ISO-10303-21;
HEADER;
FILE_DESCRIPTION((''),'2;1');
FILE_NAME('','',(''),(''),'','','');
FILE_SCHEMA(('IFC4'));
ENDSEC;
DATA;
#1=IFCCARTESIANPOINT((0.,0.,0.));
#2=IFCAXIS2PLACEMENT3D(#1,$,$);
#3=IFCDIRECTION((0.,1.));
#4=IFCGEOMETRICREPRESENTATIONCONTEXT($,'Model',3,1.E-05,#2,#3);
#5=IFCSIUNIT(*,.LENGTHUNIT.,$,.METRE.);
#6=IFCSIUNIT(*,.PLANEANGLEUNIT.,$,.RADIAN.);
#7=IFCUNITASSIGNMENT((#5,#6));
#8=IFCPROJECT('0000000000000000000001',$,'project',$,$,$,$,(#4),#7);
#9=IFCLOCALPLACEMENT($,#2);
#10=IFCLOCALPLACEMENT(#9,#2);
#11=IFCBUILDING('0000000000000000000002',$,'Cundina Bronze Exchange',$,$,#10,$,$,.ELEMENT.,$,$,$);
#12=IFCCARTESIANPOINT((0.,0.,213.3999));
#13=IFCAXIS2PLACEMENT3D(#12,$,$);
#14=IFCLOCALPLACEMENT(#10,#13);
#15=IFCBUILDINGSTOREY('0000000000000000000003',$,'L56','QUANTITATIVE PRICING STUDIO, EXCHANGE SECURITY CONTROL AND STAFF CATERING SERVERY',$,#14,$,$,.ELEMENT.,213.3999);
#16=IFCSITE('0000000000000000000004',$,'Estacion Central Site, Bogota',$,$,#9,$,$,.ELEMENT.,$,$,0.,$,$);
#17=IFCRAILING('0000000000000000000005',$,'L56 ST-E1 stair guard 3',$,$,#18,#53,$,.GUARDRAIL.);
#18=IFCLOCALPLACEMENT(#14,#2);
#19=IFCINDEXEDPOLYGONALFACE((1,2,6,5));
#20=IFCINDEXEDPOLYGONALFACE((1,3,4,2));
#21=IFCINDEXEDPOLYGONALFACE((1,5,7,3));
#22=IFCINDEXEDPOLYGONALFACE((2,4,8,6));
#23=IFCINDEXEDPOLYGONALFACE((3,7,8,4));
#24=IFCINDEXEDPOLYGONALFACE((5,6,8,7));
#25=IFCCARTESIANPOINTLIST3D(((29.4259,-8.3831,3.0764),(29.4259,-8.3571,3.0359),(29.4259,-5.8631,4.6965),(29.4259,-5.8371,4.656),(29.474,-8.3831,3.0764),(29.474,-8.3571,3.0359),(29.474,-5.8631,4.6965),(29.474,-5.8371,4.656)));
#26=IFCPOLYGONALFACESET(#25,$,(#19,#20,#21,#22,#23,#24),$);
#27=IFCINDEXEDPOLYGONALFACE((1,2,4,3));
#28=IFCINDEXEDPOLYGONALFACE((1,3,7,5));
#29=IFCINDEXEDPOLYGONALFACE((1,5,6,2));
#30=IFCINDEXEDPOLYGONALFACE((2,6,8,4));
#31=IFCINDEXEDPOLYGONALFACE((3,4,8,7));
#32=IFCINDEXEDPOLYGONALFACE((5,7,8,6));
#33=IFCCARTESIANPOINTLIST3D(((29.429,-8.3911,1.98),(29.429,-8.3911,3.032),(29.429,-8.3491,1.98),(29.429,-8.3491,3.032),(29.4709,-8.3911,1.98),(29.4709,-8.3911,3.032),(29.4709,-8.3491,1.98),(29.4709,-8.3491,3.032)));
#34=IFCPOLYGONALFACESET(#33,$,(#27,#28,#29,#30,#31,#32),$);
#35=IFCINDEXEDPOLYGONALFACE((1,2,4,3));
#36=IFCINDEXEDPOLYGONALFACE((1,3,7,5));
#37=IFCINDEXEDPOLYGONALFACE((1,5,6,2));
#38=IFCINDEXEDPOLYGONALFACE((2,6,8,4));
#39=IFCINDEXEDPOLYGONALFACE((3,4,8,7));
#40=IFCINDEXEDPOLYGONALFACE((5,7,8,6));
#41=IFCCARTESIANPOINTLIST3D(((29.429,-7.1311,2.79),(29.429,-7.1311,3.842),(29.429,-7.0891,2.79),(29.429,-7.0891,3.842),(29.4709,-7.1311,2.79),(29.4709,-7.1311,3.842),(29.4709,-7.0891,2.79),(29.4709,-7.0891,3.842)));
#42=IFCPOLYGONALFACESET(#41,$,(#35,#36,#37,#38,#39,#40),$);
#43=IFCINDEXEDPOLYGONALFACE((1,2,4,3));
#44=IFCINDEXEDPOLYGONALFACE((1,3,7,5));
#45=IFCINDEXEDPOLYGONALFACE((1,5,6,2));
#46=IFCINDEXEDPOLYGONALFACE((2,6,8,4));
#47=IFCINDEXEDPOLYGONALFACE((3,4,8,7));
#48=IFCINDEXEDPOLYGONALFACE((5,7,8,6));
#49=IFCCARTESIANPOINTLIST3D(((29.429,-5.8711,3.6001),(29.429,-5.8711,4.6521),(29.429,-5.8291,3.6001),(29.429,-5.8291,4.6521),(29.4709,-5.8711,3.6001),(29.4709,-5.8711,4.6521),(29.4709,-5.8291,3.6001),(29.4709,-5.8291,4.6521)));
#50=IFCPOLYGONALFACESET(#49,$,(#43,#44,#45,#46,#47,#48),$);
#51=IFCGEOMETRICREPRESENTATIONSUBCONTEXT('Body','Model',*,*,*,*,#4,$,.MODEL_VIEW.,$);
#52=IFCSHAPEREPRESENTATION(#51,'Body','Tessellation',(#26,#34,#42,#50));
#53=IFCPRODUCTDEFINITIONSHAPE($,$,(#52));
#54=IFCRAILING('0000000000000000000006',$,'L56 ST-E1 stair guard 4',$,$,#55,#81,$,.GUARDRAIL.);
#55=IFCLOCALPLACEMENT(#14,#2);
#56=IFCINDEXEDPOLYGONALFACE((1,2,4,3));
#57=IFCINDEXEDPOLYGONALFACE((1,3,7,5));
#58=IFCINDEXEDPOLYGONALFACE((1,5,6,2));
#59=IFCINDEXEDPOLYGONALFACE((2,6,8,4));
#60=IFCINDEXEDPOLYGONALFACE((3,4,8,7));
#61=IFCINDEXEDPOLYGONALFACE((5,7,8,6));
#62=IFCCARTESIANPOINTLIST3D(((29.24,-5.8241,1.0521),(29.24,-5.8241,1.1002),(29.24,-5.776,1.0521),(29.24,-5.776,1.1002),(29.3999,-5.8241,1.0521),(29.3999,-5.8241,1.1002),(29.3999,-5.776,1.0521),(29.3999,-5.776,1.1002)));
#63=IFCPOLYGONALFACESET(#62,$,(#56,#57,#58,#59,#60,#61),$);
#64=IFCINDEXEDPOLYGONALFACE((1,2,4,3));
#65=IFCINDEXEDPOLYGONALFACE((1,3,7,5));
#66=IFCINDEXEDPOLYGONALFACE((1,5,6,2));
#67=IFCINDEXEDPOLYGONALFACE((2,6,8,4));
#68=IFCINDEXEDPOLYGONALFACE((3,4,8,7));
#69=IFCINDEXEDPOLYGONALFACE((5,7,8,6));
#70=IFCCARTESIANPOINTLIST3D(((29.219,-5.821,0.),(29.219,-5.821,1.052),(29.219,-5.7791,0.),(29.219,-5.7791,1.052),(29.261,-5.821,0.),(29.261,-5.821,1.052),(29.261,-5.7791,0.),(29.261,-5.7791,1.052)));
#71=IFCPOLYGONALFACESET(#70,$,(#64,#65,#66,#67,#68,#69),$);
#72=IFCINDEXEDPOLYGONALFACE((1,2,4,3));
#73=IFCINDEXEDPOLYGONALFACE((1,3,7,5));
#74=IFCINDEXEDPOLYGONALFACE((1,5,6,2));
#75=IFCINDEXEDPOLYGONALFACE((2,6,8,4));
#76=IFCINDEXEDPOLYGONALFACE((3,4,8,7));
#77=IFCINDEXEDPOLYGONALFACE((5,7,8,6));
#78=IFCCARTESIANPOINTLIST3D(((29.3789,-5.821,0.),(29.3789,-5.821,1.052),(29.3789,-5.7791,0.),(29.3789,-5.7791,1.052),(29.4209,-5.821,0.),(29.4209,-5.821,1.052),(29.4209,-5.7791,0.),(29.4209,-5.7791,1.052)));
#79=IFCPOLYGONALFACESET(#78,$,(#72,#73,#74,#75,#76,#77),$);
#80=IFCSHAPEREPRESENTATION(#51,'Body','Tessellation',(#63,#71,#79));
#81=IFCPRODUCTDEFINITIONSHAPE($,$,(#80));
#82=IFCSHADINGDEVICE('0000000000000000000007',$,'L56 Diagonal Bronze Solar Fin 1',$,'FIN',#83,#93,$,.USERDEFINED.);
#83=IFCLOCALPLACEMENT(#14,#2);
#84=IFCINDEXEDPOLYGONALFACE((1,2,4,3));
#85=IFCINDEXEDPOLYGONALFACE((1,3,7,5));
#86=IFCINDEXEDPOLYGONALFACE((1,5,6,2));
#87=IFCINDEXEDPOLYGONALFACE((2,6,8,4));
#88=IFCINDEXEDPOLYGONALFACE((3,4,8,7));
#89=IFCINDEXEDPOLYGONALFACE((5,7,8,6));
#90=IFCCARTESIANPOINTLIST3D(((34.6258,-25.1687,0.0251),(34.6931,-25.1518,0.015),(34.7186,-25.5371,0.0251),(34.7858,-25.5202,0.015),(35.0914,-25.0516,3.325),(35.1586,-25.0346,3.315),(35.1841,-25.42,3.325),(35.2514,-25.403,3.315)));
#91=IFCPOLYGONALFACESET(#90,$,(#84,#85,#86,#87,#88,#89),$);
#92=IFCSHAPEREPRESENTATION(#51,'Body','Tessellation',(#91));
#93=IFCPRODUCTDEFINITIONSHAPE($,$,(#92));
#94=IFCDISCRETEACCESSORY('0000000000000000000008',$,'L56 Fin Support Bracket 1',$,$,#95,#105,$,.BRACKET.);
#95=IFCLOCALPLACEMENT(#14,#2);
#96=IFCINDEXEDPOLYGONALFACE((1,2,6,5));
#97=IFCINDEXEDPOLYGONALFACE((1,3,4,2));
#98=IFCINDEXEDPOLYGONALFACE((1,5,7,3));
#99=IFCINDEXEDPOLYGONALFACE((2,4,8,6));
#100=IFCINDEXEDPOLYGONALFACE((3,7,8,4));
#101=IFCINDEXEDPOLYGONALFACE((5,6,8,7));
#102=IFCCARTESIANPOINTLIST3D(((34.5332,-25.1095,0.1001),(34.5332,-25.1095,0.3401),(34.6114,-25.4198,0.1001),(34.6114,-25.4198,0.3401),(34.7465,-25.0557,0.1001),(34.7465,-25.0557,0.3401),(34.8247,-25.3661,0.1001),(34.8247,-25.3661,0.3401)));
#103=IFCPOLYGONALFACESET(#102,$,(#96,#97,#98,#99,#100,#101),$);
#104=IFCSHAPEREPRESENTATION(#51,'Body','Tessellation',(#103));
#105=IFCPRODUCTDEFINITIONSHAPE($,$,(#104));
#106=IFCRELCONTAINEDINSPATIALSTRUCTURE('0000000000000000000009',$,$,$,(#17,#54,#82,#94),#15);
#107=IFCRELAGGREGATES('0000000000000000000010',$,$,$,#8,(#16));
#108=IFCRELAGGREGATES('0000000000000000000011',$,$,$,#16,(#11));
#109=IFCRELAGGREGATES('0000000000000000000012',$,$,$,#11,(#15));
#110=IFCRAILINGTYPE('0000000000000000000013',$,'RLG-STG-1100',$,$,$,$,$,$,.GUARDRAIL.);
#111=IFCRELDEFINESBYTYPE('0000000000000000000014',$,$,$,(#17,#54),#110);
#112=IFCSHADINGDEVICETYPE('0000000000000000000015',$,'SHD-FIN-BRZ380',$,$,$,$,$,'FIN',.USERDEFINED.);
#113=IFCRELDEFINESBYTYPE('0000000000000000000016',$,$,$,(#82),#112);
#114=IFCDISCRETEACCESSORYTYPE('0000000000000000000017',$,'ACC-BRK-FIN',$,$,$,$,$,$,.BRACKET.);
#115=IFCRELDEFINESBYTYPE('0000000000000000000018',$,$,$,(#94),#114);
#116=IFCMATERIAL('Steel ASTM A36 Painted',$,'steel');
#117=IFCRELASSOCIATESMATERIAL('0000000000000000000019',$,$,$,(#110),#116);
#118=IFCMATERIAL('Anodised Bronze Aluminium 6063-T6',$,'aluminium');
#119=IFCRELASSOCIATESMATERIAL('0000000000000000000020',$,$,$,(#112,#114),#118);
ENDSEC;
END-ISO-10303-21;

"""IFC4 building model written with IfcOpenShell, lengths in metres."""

from ifc_helpers import new_model, si_unit, direction, frame, origin, origin_2d, place, context, subcontext, project, spatial, rectangle, extrude, material, material_profile, profile_set, type_object, element, save


model = new_model("IFC4")

# Units and contexts
model_context = context("Model", 3, precision=1e-05, world=origin(), true_north=direction((0.0, 1.0)))
body_context = subcontext(model_context, "Body", "Model", "MODEL_VIEW")
ifc_project = project(units=[si_unit("LENGTHUNIT", "METRE"), si_unit("PLANEANGLEUNIT", "RADIAN")], contexts=[model_context])

# Site, building, storey
site_placement = place(None, origin())
site = spatial("IfcSite", under=ifc_project, at=site_placement, Name="Estacion Central Site, Bogota", CompositionType="ELEMENT", RefElevation=0.0)
building_placement = place(site_placement, origin())
building = spatial("IfcBuilding", under=site, at=building_placement, Name="Cundina Bronze Exchange", CompositionType="ELEMENT")
storey_placement = place(building_placement, frame((0.0, 0.0, 213.3999)))
storey = spatial("IfcBuildingStorey", under=building, at=storey_placement, Name="L56", Description="QUANTITATIVE PRICING STUDIO, EXCHANGE SECURITY CONTROL AND STAFF CATERING SERVERY", CompositionType="ELEMENT", Elevation=213.3999)

# Shared definitions
ifc_material_1 = material(Name="Anodised Bronze Aluminium 6063-T6", Category="aluminium")

# Railings
ifc_material_2 = material(Name="Steel ASTM A36 Painted", Category="steel")
railing_type_1 = type_object("IfcRailingType", Name="RLG-STG-1100", PredefinedType="GUARDRAIL", material=ifc_material_2)
railing_1_placement = place(storey_placement, frame((29.45, -8.3701, 1.98)))
element("IfcRailing", 1, at=railing_1_placement, inside=storey, type_object=railing_type_1, Name="L56 ST-E1 stair guard 3", PredefinedType="GUARDRAIL", context=body_context, shape_type="SweptSolid", body=[
    extrude(rectangle(XDim=0.0481, YDim=0.0481, at=origin_2d()), frame((0.0, 0.0, 1.0762), z_axis=(0.0, 0.841163, 0.540782), x_axis=(-1.0, 0.0, 0.0)), (0.0, 0.0, 1.0), 2.9958),
    extrude(rectangle(XDim=0.042, YDim=0.042, at=origin_2d()), origin(), (0.0, 0.0, 1.0), 1.052),
    extrude(rectangle(XDim=0.042, YDim=0.042, at=origin_2d()), frame((0.0, 1.26, 0.8101)), (0.0, 0.0, 1.0), 1.052),
    extrude(rectangle(XDim=0.042, YDim=0.042, at=origin_2d()), frame((0.0, 2.52, 1.6201)), (0.0, 0.0, 1.0), 1.052),
])
railing_2_placement = place(storey_placement, frame((29.24, -5.8, 0.0)))
element("IfcRailing", 2, at=railing_2_placement, inside=storey, type_object=railing_type_1, Name="L56 ST-E1 stair guard 4", PredefinedType="GUARDRAIL", context=body_context, shape_type="SweptSolid", body=[
    extrude(rectangle(XDim=0.0481, YDim=0.0481, at=origin_2d()), frame((0.0, 0.0, 1.0762), z_axis=(1.0, 0.0, 0.0), x_axis=(0.0, 1.0, 0.0)), (0.0, 0.0, 1.0), 0.1599),
    extrude(rectangle(XDim=0.042, YDim=0.042, at=origin_2d()), origin(), (0.0, 0.0, 1.0), 1.052),
    extrude(rectangle(XDim=0.042, YDim=0.042, at=origin_2d()), frame((0.1599, 0.0, 0.0)), (0.0, 0.0, 1.0), 1.052),
])

# Shading device
ifc_material_profile_1 = material_profile(ifc_material_1, rectangle(XDim=0.0701, YDim=0.3799, at=origin_2d()), Name="FIN70X380", Category="aluminium")
ifc_profile_set_1 = profile_set([ifc_material_profile_1], Name="Anodised Bronze Aluminium 6063-T6")
shading_device_type = type_object("IfcShadingDeviceType", Name="SHD-FIN-BRZ380", ElementType="FIN", PredefinedType="USERDEFINED", material=ifc_profile_set_1)
shading_device_placement = place(storey_placement, frame((34.7058, -25.3445, 0.02), z_axis=(0.139612, 0.035141, 0.989583), x_axis=(-0.95965, -0.241548, 0.143967)))
element("IfcShadingDevice", 3, at=shading_device_placement, inside=storey, type_object=shading_device_type, Name="L56 Diagonal Bronze Solar Fin 1", ObjectType="FIN", PredefinedType="USERDEFINED", context=body_context, shape_type="SweptSolid", body=[
    extrude(rectangle(XDim=0.0701, YDim=0.3799, at=origin_2d()), origin(), (0.0, 0.0, 1.0), 3.3347),
])

# Discrete accessory
discrete_accessory_type = type_object("IfcDiscreteAccessoryType", Name="ACC-BRK-FIN", PredefinedType="BRACKET", material=ifc_material_1)
discrete_accessory_placement = place(storey_placement, frame((34.679, -25.2378, 0.1001), z_axis=(0.0, 0.0, 1.0), x_axis=(0.969732, 0.244174, 0.0)))
element("IfcDiscreteAccessory", 4, at=discrete_accessory_placement, inside=storey, type_object=discrete_accessory_type, Name="L56 Fin Support Bracket 1", PredefinedType="BRACKET", context=body_context, shape_type="SweptSolid", body=[
    extrude(rectangle(XDim=0.22, YDim=0.3201, at=origin_2d()), origin(), (0.0, 0.0, 1.0), 0.24),
])

save(model, "model.ifc")
